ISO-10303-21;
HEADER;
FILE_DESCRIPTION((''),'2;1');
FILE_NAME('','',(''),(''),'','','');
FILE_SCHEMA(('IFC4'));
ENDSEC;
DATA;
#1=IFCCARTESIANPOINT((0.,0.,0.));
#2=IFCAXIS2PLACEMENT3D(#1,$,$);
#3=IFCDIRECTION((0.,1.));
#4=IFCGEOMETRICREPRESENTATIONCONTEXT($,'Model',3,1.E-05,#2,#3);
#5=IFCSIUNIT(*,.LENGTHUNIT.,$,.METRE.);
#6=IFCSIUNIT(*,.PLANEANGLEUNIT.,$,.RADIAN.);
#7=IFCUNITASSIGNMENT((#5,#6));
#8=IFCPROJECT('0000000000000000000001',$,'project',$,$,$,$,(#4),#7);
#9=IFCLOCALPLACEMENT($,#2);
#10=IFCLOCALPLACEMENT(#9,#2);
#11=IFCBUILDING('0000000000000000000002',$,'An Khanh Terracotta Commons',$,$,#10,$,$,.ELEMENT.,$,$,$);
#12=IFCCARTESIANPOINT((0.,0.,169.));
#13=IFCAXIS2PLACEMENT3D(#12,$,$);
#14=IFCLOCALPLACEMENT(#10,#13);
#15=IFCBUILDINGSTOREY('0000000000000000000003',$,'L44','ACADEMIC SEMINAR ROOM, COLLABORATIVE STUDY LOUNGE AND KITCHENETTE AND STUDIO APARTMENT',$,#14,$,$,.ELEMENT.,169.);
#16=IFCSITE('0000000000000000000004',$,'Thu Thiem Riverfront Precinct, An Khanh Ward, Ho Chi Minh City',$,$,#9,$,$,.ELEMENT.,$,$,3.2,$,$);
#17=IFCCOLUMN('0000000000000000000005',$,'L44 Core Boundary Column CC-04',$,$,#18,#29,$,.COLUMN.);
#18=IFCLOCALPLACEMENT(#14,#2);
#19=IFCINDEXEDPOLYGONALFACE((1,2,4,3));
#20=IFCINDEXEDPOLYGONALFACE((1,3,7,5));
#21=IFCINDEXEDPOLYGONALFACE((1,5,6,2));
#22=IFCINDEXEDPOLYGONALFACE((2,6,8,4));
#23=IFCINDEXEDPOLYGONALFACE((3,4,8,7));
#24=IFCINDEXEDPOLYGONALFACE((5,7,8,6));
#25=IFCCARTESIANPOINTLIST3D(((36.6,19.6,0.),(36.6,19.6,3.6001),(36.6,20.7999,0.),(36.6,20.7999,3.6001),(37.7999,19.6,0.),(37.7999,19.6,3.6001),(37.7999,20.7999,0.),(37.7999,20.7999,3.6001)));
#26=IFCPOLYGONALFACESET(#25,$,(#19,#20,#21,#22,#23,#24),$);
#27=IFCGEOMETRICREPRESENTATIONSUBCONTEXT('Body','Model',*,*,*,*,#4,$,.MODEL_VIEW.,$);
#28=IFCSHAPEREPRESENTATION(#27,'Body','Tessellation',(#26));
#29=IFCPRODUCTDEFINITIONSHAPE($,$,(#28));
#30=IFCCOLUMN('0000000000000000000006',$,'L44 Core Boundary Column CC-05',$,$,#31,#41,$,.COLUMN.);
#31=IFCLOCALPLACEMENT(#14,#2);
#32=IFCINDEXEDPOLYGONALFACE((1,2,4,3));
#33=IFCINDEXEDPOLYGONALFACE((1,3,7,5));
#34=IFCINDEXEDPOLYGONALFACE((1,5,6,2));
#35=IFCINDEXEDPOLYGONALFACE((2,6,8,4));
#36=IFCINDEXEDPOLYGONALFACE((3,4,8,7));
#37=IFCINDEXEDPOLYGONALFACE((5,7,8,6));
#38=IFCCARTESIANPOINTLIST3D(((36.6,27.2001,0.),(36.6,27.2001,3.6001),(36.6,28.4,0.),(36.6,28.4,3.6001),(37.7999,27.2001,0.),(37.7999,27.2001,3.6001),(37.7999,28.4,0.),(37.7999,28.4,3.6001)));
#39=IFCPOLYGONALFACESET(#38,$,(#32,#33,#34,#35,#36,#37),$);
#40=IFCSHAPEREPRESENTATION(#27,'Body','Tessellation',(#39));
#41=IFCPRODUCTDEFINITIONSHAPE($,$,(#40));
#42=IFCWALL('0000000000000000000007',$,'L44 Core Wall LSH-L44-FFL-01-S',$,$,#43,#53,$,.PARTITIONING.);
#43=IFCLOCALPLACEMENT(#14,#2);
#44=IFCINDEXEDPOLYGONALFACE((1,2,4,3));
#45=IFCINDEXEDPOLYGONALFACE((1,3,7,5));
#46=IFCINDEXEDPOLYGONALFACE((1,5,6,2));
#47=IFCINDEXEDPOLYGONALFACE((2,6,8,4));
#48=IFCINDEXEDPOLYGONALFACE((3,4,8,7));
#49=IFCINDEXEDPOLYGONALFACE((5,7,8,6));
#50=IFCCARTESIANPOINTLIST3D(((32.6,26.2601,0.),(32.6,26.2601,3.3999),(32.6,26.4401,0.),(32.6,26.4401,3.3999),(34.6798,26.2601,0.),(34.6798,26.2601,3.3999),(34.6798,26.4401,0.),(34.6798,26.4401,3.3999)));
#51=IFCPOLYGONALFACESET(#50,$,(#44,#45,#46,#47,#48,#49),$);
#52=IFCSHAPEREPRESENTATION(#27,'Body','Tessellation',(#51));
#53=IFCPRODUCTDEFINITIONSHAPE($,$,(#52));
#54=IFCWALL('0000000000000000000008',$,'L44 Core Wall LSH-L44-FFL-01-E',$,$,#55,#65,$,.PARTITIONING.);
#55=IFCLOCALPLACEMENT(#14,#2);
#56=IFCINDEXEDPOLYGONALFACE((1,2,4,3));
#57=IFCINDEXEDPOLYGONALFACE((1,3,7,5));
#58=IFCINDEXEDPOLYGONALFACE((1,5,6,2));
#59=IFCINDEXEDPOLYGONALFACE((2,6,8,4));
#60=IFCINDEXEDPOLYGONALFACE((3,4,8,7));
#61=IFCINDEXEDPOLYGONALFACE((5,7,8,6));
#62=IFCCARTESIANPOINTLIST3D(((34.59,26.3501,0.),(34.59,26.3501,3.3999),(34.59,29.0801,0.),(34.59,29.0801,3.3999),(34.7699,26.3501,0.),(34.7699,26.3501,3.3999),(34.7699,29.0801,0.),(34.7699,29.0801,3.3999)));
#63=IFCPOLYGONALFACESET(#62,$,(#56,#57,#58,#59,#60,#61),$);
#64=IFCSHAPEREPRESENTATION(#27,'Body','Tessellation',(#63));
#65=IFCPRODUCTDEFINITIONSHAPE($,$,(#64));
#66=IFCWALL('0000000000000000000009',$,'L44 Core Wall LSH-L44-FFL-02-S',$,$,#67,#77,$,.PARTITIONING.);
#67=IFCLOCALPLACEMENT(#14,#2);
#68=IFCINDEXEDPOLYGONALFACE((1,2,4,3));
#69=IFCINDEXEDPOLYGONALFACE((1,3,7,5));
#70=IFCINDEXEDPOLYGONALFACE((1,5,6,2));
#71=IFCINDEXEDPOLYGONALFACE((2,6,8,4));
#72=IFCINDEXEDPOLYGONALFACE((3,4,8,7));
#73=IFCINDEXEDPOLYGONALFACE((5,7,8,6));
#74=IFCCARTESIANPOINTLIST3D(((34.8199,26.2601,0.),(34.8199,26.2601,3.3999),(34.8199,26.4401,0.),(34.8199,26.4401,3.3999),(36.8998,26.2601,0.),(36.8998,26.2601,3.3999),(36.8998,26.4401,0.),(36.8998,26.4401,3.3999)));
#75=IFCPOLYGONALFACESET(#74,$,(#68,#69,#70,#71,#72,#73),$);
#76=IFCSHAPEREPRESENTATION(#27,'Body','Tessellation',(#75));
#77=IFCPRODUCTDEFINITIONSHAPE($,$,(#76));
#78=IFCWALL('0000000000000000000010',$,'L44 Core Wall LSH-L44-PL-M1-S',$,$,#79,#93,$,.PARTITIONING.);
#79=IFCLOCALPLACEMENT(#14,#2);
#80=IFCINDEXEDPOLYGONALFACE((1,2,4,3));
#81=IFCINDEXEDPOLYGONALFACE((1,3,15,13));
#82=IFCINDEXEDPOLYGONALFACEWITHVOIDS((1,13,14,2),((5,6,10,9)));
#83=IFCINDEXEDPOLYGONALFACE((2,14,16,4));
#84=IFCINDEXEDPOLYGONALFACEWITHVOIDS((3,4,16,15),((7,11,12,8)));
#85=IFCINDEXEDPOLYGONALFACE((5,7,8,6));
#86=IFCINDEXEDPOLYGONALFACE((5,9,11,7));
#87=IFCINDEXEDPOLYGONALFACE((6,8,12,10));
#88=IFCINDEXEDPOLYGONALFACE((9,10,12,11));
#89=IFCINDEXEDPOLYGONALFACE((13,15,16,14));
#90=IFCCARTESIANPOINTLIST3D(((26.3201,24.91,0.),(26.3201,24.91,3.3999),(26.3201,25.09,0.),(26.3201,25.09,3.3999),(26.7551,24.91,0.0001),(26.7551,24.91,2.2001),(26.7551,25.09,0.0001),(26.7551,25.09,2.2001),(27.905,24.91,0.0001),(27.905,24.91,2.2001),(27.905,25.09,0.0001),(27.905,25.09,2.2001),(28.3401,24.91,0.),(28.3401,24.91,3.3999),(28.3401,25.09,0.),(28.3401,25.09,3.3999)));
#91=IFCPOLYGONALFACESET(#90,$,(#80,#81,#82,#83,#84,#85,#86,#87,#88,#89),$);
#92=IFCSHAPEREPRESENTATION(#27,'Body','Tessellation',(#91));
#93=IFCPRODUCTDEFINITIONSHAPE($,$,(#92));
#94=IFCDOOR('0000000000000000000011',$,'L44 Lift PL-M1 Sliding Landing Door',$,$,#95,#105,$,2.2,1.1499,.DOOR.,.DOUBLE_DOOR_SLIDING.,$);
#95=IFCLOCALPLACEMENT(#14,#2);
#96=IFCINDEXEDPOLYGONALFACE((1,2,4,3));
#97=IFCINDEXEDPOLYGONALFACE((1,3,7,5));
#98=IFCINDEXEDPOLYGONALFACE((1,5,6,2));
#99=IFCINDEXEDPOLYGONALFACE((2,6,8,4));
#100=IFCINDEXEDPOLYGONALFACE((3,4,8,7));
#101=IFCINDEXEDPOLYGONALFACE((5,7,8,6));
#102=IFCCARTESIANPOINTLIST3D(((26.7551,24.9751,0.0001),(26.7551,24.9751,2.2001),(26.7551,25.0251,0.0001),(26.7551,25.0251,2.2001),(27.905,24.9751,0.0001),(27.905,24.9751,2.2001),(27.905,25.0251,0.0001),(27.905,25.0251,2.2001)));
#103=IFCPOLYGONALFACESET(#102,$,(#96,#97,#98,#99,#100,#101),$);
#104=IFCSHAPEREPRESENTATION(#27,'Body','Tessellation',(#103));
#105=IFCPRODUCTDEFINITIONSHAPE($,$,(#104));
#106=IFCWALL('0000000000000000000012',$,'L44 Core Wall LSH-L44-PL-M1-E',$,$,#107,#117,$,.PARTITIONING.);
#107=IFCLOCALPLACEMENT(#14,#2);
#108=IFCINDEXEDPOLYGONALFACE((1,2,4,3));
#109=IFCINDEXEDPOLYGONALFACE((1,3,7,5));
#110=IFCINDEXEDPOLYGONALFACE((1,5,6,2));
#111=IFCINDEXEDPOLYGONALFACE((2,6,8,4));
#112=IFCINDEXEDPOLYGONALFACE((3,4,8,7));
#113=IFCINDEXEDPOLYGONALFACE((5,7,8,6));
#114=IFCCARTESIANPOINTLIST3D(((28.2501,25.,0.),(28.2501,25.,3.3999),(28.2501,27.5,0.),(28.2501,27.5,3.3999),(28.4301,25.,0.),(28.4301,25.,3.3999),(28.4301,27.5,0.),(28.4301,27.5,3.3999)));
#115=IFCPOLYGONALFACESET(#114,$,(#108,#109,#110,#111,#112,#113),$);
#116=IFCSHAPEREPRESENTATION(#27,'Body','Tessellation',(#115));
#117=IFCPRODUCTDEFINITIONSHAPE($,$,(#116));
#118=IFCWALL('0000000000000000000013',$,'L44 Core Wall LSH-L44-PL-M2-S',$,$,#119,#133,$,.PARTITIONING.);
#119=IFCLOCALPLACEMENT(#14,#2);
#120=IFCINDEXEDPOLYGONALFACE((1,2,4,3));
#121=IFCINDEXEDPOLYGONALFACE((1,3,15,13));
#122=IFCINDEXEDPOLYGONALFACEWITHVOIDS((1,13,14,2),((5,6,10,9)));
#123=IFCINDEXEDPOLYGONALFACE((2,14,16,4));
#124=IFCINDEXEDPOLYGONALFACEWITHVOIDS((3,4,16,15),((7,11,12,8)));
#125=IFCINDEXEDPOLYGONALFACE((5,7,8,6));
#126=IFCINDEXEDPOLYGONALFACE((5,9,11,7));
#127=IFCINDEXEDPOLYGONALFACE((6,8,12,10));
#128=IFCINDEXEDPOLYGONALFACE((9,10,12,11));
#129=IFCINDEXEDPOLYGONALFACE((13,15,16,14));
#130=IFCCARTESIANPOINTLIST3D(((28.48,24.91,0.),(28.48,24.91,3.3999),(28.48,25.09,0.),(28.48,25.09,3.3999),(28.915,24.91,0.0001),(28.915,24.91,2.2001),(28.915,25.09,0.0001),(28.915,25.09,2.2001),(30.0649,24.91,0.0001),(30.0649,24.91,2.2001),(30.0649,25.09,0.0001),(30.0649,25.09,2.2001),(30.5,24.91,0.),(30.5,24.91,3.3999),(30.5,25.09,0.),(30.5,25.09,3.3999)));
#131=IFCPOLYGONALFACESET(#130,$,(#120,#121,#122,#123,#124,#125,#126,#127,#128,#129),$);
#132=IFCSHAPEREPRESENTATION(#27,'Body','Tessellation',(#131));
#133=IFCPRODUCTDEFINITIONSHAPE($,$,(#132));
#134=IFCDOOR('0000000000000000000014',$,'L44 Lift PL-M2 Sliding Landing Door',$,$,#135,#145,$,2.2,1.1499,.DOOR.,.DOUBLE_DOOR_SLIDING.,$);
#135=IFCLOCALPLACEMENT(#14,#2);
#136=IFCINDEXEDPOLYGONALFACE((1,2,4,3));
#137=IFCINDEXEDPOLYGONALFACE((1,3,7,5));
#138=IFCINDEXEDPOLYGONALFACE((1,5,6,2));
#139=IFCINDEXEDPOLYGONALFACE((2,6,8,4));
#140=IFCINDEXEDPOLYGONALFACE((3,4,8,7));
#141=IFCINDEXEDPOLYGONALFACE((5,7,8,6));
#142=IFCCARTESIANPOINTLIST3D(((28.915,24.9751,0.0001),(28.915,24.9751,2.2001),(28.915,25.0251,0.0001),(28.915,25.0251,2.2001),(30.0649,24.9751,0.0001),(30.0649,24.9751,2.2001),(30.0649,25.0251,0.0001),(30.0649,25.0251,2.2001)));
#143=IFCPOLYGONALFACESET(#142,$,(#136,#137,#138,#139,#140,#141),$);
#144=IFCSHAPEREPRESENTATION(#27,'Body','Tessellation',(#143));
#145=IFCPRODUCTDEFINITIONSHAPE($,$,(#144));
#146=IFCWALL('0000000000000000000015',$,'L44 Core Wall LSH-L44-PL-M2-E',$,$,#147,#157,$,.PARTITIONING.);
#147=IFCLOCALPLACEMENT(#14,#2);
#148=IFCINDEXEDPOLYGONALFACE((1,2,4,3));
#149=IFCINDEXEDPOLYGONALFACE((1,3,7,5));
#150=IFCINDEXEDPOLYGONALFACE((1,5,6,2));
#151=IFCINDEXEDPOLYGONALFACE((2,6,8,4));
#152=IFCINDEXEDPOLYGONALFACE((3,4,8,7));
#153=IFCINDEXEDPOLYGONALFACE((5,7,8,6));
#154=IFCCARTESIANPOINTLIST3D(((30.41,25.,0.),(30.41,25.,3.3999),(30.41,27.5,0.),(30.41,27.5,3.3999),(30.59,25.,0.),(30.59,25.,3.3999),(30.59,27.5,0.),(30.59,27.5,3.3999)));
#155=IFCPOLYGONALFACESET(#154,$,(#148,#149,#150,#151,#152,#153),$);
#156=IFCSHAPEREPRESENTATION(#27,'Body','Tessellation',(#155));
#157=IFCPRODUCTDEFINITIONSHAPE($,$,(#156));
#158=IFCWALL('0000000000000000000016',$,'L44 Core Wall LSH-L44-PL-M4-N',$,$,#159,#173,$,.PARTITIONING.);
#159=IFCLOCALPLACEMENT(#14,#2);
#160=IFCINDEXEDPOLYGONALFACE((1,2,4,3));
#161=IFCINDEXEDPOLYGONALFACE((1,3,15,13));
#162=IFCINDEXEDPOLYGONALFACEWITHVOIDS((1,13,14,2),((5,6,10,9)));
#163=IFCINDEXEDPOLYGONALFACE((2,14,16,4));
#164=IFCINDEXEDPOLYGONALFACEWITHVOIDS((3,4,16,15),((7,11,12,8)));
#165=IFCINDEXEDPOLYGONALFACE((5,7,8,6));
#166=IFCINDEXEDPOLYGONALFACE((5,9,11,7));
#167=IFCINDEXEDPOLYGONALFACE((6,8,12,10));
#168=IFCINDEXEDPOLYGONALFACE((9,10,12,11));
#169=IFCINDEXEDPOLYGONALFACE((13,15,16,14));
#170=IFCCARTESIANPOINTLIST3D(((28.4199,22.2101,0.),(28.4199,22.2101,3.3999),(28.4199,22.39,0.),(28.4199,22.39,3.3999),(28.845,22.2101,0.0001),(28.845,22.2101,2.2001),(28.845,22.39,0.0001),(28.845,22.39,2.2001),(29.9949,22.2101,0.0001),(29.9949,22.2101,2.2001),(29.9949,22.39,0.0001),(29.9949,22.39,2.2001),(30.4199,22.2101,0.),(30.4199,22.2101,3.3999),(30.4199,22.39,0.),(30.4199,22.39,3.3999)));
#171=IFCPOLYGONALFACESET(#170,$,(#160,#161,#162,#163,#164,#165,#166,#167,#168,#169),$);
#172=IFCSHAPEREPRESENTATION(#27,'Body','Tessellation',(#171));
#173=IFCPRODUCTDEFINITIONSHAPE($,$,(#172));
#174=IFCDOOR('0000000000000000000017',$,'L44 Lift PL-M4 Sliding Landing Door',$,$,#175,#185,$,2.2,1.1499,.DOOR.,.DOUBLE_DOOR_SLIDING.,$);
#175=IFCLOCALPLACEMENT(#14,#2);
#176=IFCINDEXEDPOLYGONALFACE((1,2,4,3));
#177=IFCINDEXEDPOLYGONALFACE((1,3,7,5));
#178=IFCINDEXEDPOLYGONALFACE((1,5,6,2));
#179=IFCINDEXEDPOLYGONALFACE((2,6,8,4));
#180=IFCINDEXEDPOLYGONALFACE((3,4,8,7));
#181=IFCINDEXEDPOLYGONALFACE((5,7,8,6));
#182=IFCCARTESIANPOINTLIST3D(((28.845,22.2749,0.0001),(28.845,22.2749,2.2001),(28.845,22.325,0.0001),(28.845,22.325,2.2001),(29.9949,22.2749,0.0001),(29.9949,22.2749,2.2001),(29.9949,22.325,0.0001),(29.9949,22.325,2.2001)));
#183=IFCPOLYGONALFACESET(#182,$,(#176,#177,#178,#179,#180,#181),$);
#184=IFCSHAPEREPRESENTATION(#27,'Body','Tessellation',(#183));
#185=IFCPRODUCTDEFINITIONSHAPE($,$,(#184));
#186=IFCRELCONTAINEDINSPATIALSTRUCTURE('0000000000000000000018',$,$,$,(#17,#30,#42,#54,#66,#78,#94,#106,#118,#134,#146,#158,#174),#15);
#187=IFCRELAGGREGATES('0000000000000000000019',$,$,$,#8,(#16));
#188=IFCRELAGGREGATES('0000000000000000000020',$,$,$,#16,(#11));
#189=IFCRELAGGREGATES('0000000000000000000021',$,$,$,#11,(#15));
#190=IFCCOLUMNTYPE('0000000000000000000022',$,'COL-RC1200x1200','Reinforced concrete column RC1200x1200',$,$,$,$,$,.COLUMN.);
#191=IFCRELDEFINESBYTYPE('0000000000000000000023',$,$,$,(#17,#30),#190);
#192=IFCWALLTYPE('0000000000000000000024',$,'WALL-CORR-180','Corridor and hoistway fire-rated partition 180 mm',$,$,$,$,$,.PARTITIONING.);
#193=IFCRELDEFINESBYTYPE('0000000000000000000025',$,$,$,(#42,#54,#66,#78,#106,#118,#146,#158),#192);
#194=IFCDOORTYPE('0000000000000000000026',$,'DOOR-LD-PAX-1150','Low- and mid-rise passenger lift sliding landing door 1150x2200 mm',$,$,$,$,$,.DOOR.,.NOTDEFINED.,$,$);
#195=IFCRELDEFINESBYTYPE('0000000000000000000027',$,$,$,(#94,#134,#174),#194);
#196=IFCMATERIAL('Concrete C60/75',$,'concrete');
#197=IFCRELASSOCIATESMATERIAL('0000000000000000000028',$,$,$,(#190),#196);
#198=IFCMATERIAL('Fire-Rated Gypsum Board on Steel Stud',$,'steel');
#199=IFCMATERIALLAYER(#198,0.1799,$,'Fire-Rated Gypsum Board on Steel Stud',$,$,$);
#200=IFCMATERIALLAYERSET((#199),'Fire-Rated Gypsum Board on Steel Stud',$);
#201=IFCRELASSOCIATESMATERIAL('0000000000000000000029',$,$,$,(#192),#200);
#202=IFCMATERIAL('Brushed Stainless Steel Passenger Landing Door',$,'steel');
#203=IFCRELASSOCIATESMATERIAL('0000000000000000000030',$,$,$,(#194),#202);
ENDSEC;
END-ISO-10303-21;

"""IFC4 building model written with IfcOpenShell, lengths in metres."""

from ifc_helpers import new_model, si_unit, direction, frame, frame_2d, origin, origin_2d, place, context, subcontext, project, spatial, rectangle, extrude, material, layer, layer_set, material_profile, profile_set, type_object, element, fill, save


model = new_model("IFC4")

# Units and contexts
model_context = context("Model", 3, precision=1e-05, world=origin(), true_north=direction((0.0, 1.0)))
body_context = subcontext(model_context, "Body", "Model", "MODEL_VIEW")
ifc_project = project(units=[si_unit("LENGTHUNIT", "METRE"), si_unit("PLANEANGLEUNIT", "RADIAN")], contexts=[model_context])

# Site, building, storey
site_placement = place(None, origin())
site = spatial("IfcSite", under=ifc_project, at=site_placement, Name="Thu Thiem Riverfront Precinct, An Khanh Ward, Ho Chi Minh City", CompositionType="ELEMENT", RefElevation=3.2)
building_placement = place(site_placement, origin())
building = spatial("IfcBuilding", under=site, at=building_placement, Name="An Khanh Terracotta Commons", CompositionType="ELEMENT")
storey_placement = place(building_placement, frame((0.0, 0.0, 169.0)))
storey = spatial("IfcBuildingStorey", under=building, at=storey_placement, Name="L44", Description="ACADEMIC SEMINAR ROOM, COLLABORATIVE STUDY LOUNGE AND KITCHENETTE AND STUDIO APARTMENT", CompositionType="ELEMENT", Elevation=169.0)

# Columns
ifc_material_1 = material(Name="Concrete C60/75", Category="concrete")
ifc_material_profile = material_profile(ifc_material_1, rectangle(XDim=1.2, YDim=1.2, at=origin_2d()), Name="RC1200x1200")
ifc_profile_set = profile_set([ifc_material_profile], Name="Concrete C60/75")
column_type = type_object("IfcColumnType", Name="COL-RC1200x1200", Description="Reinforced concrete column RC1200x1200", PredefinedType="COLUMN", material=ifc_profile_set)
for number, where, z_axis, x_axis, name in (
    (1, (37.2, 20.2, 0.0), (0.0, 0.0, 1.0), (1.0, 0.0, 0.0), "L44 Core Boundary Column CC-04"),
    (2, (37.2, 27.8, 0.0), (0.0, 0.0, 1.0), (1.0, 0.0, 0.0), "L44 Core Boundary Column CC-05"),
):
    element("IfcColumn", number, at=place(storey_placement, frame(where, z_axis=z_axis, x_axis=x_axis)), inside=storey, type_object=column_type, Name=name, PredefinedType="COLUMN", context=body_context, shape_type="SweptSolid", body=[
        extrude(rectangle(XDim=1.2, YDim=1.2, at=origin_2d()), origin(), (0.0, 0.0, 1.0), 3.6001),
    ])

# Walls
ifc_material_2 = material(Name="Fire-Rated Gypsum Board on Steel Stud", Category="steel")
ifc_layer_1 = layer(ifc_material_2, 0.1799, Name="Fire-Rated Gypsum Board on Steel Stud")
ifc_layer_set_1 = layer_set([ifc_layer_1], Name="Fire-Rated Gypsum Board on Steel Stud")
wall_type_1 = type_object("IfcWallType", Name="WALL-CORR-180", Description="Corridor and hoistway fire-rated partition 180 mm", PredefinedType="PARTITIONING", material=ifc_layer_set_1)
wall_1_placement = place(storey_placement, frame((34.6799, 26.3501, 0.0), z_axis=(0.0, 0.0, 1.0), x_axis=(-1.0, 0.0, 0.0)))
element("IfcWall", 3, at=wall_1_placement, inside=storey, type_object=wall_type_1, Name="L44 Core Wall LSH-L44-FFL-01-S", PredefinedType="PARTITIONING", context=body_context, shape_type="SweptSolid", body=[
    extrude(rectangle(XDim=2.0798, YDim=0.1799, at=frame_2d((1.04, 0.0))), origin(), (0.0, 0.0, 1.0), 3.3999),
])
wall_2_placement = place(storey_placement, frame((34.6799, 26.3501, 0.0), z_axis=(0.0, 0.0, 1.0), x_axis=(0.0, 1.0, 0.0)))
element("IfcWall", 4, at=wall_2_placement, inside=storey, type_object=wall_type_1, Name="L44 Core Wall LSH-L44-FFL-01-E", PredefinedType="PARTITIONING", context=body_context, shape_type="SweptSolid", body=[
    extrude(rectangle(XDim=2.73, YDim=0.1799, at=frame_2d((1.365, 0.0))), origin(), (0.0, 0.0, 1.0), 3.3999),
])
wall_3_placement = place(storey_placement, frame((36.8999, 26.3501, 0.0), z_axis=(0.0, 0.0, 1.0), x_axis=(-1.0, 0.0, 0.0)))
element("IfcWall", 5, at=wall_3_placement, inside=storey, type_object=wall_type_1, Name="L44 Core Wall LSH-L44-FFL-02-S", PredefinedType="PARTITIONING", context=body_context, shape_type="SweptSolid", body=[
    extrude(rectangle(XDim=2.0798, YDim=0.1799, at=frame_2d((1.04, 0.0))), origin(), (0.0, 0.0, 1.0), 3.3999),
])

# Wall, opening, door
wall_4_placement = place(storey_placement, frame((28.3401, 25.0, 0.0), z_axis=(0.0, 0.0, 1.0), x_axis=(-1.0, 0.0, 0.0)))
wall_4 = element("IfcWall", 6, at=wall_4_placement, inside=storey, type_object=wall_type_1, Name="L44 Core Wall LSH-L44-PL-M1-S", PredefinedType="PARTITIONING", context=body_context, shape_type="SweptSolid", body=[
    extrude(rectangle(XDim=2.02, YDim=0.1799, at=frame_2d((1.01, 0.0))), origin(), (0.0, 0.0, 1.0), 3.3999),
])
opening_1_placement = place(wall_4_placement, frame((0.4351, 0.0, 0.0)))
opening_1 = element("IfcOpeningElement", 7, at=opening_1_placement, cuts=wall_4, PredefinedType="OPENING", context=body_context, shape_type="SweptSolid", body=[
    extrude(rectangle(XDim=1.1499, YDim=2.2, at=frame_2d((0.575, 1.1001))), frame((0.0, 0.0999, 0.0), z_axis=(0.0, -1.0, 0.0), x_axis=(1.0, 0.0, 0.0)), (0.0, 0.0, 1.0), 0.2),
])
ifc_material_3 = material(Name="Brushed Stainless Steel Passenger Landing Door", Category="steel")
door_type = type_object("IfcDoorType", Name="DOOR-LD-PAX-1150", Description="Low- and mid-rise passenger lift sliding landing door 1150x2200 mm", OperationType="NOTDEFINED", PredefinedType="DOOR", material=ifc_material_3)
door_1_placement = place(opening_1_placement, origin())
door_1 = element("IfcDoor", 8, at=door_1_placement, inside=storey, type_object=door_type, Name="L44 Lift PL-M1 Sliding Landing Door", OperationType="DOUBLE_DOOR_SLIDING", OverallHeight=2.2, OverallWidth=1.1499, PredefinedType="DOOR", context=body_context, shape_type="SweptSolid", body=[
    extrude(rectangle(XDim=1.1499, YDim=2.2, at=frame_2d((0.575, 1.1001))), frame((0.0, 0.0249, 0.0), z_axis=(0.0, -1.0, 0.0), x_axis=(1.0, 0.0, 0.0)), (0.0, 0.0, 1.0), 0.05),
])
fill(opening_1, door_1)

# Wall
wall_5_placement = place(storey_placement, frame((28.3401, 25.0, 0.0), z_axis=(0.0, 0.0, 1.0), x_axis=(0.0, 1.0, 0.0)))
element("IfcWall", 9, at=wall_5_placement, inside=storey, type_object=wall_type_1, Name="L44 Core Wall LSH-L44-PL-M1-E", PredefinedType="PARTITIONING", context=body_context, shape_type="SweptSolid", body=[
    extrude(rectangle(XDim=2.5, YDim=0.1799, at=frame_2d((1.25, 0.0))), origin(), (0.0, 0.0, 1.0), 3.3999),
])

# Wall, opening, door
wall_6_placement = place(storey_placement, frame((30.5, 25.0, 0.0), z_axis=(0.0, 0.0, 1.0), x_axis=(-1.0, 0.0, 0.0)))
wall_6 = element("IfcWall", 10, at=wall_6_placement, inside=storey, type_object=wall_type_1, Name="L44 Core Wall LSH-L44-PL-M2-S", PredefinedType="PARTITIONING", context=body_context, shape_type="SweptSolid", body=[
    extrude(rectangle(XDim=2.02, YDim=0.1799, at=frame_2d((1.01, 0.0))), origin(), (0.0, 0.0, 1.0), 3.3999),
])
opening_2_placement = place(wall_6_placement, frame((0.4351, 0.0, 0.0)))
opening_2 = element("IfcOpeningElement", 11, at=opening_2_placement, cuts=wall_6, PredefinedType="OPENING", context=body_context, shape_type="SweptSolid", body=[
    extrude(rectangle(XDim=1.1499, YDim=2.2, at=frame_2d((0.575, 1.1001))), frame((0.0, 0.0999, 0.0), z_axis=(0.0, -1.0, 0.0), x_axis=(1.0, 0.0, 0.0)), (0.0, 0.0, 1.0), 0.2),
])
door_2_placement = place(opening_2_placement, origin())
door_2 = element("IfcDoor", 12, at=door_2_placement, inside=storey, type_object=door_type, Name="L44 Lift PL-M2 Sliding Landing Door", OperationType="DOUBLE_DOOR_SLIDING", OverallHeight=2.2, OverallWidth=1.1499, PredefinedType="DOOR", context=body_context, shape_type="SweptSolid", body=[
    extrude(rectangle(XDim=1.1499, YDim=2.2, at=frame_2d((0.575, 1.1001))), frame((0.0, 0.0249, 0.0), z_axis=(0.0, -1.0, 0.0), x_axis=(1.0, 0.0, 0.0)), (0.0, 0.0, 1.0), 0.05),
])
fill(opening_2, door_2)

# Wall
wall_7_placement = place(storey_placement, frame((30.5, 25.0, 0.0), z_axis=(0.0, 0.0, 1.0), x_axis=(0.0, 1.0, 0.0)))
element("IfcWall", 13, at=wall_7_placement, inside=storey, type_object=wall_type_1, Name="L44 Core Wall LSH-L44-PL-M2-E", PredefinedType="PARTITIONING", context=body_context, shape_type="SweptSolid", body=[
    extrude(rectangle(XDim=2.5, YDim=0.1799, at=frame_2d((1.25, 0.0))), origin(), (0.0, 0.0, 1.0), 3.3999),
])

# Wall, opening, door
wall_8_placement = place(storey_placement, frame((28.4199, 22.3, 0.0), z_axis=(0.0, 0.0, 1.0), x_axis=(1.0, 0.0, 0.0)))
wall_8 = element("IfcWall", 14, at=wall_8_placement, inside=storey, type_object=wall_type_1, Name="L44 Core Wall LSH-L44-PL-M4-N", PredefinedType="PARTITIONING", context=body_context, shape_type="SweptSolid", body=[
    extrude(rectangle(XDim=2.0, YDim=0.1799, at=frame_2d((1.0, 0.0))), origin(), (0.0, 0.0, 1.0), 3.3999),
])
opening_3_placement = place(wall_8_placement, frame((0.425, 0.0, 0.0)))
opening_3 = element("IfcOpeningElement", 15, at=opening_3_placement, cuts=wall_8, PredefinedType="OPENING", context=body_context, shape_type="SweptSolid", body=[
    extrude(rectangle(XDim=1.1499, YDim=2.2, at=frame_2d((0.575, 1.1001))), frame((0.0, 0.0999, 0.0), z_axis=(0.0, -1.0, 0.0), x_axis=(1.0, 0.0, 0.0)), (0.0, 0.0, 1.0), 0.2),
])
door_3_placement = place(opening_3_placement, origin())
door_3 = element("IfcDoor", 16, at=door_3_placement, inside=storey, type_object=door_type, Name="L44 Lift PL-M4 Sliding Landing Door", OperationType="DOUBLE_DOOR_SLIDING", OverallHeight=2.2, OverallWidth=1.1499, PredefinedType="DOOR", context=body_context, shape_type="SweptSolid", body=[
    extrude(rectangle(XDim=1.1499, YDim=2.2, at=frame_2d((0.575, 1.1001))), frame((0.0, 0.0249, 0.0), z_axis=(0.0, -1.0, 0.0), x_axis=(1.0, 0.0, 0.0)), (0.0, 0.0, 1.0), 0.05),
])
fill(opening_3, door_3)

save(model, "model.ifc")
